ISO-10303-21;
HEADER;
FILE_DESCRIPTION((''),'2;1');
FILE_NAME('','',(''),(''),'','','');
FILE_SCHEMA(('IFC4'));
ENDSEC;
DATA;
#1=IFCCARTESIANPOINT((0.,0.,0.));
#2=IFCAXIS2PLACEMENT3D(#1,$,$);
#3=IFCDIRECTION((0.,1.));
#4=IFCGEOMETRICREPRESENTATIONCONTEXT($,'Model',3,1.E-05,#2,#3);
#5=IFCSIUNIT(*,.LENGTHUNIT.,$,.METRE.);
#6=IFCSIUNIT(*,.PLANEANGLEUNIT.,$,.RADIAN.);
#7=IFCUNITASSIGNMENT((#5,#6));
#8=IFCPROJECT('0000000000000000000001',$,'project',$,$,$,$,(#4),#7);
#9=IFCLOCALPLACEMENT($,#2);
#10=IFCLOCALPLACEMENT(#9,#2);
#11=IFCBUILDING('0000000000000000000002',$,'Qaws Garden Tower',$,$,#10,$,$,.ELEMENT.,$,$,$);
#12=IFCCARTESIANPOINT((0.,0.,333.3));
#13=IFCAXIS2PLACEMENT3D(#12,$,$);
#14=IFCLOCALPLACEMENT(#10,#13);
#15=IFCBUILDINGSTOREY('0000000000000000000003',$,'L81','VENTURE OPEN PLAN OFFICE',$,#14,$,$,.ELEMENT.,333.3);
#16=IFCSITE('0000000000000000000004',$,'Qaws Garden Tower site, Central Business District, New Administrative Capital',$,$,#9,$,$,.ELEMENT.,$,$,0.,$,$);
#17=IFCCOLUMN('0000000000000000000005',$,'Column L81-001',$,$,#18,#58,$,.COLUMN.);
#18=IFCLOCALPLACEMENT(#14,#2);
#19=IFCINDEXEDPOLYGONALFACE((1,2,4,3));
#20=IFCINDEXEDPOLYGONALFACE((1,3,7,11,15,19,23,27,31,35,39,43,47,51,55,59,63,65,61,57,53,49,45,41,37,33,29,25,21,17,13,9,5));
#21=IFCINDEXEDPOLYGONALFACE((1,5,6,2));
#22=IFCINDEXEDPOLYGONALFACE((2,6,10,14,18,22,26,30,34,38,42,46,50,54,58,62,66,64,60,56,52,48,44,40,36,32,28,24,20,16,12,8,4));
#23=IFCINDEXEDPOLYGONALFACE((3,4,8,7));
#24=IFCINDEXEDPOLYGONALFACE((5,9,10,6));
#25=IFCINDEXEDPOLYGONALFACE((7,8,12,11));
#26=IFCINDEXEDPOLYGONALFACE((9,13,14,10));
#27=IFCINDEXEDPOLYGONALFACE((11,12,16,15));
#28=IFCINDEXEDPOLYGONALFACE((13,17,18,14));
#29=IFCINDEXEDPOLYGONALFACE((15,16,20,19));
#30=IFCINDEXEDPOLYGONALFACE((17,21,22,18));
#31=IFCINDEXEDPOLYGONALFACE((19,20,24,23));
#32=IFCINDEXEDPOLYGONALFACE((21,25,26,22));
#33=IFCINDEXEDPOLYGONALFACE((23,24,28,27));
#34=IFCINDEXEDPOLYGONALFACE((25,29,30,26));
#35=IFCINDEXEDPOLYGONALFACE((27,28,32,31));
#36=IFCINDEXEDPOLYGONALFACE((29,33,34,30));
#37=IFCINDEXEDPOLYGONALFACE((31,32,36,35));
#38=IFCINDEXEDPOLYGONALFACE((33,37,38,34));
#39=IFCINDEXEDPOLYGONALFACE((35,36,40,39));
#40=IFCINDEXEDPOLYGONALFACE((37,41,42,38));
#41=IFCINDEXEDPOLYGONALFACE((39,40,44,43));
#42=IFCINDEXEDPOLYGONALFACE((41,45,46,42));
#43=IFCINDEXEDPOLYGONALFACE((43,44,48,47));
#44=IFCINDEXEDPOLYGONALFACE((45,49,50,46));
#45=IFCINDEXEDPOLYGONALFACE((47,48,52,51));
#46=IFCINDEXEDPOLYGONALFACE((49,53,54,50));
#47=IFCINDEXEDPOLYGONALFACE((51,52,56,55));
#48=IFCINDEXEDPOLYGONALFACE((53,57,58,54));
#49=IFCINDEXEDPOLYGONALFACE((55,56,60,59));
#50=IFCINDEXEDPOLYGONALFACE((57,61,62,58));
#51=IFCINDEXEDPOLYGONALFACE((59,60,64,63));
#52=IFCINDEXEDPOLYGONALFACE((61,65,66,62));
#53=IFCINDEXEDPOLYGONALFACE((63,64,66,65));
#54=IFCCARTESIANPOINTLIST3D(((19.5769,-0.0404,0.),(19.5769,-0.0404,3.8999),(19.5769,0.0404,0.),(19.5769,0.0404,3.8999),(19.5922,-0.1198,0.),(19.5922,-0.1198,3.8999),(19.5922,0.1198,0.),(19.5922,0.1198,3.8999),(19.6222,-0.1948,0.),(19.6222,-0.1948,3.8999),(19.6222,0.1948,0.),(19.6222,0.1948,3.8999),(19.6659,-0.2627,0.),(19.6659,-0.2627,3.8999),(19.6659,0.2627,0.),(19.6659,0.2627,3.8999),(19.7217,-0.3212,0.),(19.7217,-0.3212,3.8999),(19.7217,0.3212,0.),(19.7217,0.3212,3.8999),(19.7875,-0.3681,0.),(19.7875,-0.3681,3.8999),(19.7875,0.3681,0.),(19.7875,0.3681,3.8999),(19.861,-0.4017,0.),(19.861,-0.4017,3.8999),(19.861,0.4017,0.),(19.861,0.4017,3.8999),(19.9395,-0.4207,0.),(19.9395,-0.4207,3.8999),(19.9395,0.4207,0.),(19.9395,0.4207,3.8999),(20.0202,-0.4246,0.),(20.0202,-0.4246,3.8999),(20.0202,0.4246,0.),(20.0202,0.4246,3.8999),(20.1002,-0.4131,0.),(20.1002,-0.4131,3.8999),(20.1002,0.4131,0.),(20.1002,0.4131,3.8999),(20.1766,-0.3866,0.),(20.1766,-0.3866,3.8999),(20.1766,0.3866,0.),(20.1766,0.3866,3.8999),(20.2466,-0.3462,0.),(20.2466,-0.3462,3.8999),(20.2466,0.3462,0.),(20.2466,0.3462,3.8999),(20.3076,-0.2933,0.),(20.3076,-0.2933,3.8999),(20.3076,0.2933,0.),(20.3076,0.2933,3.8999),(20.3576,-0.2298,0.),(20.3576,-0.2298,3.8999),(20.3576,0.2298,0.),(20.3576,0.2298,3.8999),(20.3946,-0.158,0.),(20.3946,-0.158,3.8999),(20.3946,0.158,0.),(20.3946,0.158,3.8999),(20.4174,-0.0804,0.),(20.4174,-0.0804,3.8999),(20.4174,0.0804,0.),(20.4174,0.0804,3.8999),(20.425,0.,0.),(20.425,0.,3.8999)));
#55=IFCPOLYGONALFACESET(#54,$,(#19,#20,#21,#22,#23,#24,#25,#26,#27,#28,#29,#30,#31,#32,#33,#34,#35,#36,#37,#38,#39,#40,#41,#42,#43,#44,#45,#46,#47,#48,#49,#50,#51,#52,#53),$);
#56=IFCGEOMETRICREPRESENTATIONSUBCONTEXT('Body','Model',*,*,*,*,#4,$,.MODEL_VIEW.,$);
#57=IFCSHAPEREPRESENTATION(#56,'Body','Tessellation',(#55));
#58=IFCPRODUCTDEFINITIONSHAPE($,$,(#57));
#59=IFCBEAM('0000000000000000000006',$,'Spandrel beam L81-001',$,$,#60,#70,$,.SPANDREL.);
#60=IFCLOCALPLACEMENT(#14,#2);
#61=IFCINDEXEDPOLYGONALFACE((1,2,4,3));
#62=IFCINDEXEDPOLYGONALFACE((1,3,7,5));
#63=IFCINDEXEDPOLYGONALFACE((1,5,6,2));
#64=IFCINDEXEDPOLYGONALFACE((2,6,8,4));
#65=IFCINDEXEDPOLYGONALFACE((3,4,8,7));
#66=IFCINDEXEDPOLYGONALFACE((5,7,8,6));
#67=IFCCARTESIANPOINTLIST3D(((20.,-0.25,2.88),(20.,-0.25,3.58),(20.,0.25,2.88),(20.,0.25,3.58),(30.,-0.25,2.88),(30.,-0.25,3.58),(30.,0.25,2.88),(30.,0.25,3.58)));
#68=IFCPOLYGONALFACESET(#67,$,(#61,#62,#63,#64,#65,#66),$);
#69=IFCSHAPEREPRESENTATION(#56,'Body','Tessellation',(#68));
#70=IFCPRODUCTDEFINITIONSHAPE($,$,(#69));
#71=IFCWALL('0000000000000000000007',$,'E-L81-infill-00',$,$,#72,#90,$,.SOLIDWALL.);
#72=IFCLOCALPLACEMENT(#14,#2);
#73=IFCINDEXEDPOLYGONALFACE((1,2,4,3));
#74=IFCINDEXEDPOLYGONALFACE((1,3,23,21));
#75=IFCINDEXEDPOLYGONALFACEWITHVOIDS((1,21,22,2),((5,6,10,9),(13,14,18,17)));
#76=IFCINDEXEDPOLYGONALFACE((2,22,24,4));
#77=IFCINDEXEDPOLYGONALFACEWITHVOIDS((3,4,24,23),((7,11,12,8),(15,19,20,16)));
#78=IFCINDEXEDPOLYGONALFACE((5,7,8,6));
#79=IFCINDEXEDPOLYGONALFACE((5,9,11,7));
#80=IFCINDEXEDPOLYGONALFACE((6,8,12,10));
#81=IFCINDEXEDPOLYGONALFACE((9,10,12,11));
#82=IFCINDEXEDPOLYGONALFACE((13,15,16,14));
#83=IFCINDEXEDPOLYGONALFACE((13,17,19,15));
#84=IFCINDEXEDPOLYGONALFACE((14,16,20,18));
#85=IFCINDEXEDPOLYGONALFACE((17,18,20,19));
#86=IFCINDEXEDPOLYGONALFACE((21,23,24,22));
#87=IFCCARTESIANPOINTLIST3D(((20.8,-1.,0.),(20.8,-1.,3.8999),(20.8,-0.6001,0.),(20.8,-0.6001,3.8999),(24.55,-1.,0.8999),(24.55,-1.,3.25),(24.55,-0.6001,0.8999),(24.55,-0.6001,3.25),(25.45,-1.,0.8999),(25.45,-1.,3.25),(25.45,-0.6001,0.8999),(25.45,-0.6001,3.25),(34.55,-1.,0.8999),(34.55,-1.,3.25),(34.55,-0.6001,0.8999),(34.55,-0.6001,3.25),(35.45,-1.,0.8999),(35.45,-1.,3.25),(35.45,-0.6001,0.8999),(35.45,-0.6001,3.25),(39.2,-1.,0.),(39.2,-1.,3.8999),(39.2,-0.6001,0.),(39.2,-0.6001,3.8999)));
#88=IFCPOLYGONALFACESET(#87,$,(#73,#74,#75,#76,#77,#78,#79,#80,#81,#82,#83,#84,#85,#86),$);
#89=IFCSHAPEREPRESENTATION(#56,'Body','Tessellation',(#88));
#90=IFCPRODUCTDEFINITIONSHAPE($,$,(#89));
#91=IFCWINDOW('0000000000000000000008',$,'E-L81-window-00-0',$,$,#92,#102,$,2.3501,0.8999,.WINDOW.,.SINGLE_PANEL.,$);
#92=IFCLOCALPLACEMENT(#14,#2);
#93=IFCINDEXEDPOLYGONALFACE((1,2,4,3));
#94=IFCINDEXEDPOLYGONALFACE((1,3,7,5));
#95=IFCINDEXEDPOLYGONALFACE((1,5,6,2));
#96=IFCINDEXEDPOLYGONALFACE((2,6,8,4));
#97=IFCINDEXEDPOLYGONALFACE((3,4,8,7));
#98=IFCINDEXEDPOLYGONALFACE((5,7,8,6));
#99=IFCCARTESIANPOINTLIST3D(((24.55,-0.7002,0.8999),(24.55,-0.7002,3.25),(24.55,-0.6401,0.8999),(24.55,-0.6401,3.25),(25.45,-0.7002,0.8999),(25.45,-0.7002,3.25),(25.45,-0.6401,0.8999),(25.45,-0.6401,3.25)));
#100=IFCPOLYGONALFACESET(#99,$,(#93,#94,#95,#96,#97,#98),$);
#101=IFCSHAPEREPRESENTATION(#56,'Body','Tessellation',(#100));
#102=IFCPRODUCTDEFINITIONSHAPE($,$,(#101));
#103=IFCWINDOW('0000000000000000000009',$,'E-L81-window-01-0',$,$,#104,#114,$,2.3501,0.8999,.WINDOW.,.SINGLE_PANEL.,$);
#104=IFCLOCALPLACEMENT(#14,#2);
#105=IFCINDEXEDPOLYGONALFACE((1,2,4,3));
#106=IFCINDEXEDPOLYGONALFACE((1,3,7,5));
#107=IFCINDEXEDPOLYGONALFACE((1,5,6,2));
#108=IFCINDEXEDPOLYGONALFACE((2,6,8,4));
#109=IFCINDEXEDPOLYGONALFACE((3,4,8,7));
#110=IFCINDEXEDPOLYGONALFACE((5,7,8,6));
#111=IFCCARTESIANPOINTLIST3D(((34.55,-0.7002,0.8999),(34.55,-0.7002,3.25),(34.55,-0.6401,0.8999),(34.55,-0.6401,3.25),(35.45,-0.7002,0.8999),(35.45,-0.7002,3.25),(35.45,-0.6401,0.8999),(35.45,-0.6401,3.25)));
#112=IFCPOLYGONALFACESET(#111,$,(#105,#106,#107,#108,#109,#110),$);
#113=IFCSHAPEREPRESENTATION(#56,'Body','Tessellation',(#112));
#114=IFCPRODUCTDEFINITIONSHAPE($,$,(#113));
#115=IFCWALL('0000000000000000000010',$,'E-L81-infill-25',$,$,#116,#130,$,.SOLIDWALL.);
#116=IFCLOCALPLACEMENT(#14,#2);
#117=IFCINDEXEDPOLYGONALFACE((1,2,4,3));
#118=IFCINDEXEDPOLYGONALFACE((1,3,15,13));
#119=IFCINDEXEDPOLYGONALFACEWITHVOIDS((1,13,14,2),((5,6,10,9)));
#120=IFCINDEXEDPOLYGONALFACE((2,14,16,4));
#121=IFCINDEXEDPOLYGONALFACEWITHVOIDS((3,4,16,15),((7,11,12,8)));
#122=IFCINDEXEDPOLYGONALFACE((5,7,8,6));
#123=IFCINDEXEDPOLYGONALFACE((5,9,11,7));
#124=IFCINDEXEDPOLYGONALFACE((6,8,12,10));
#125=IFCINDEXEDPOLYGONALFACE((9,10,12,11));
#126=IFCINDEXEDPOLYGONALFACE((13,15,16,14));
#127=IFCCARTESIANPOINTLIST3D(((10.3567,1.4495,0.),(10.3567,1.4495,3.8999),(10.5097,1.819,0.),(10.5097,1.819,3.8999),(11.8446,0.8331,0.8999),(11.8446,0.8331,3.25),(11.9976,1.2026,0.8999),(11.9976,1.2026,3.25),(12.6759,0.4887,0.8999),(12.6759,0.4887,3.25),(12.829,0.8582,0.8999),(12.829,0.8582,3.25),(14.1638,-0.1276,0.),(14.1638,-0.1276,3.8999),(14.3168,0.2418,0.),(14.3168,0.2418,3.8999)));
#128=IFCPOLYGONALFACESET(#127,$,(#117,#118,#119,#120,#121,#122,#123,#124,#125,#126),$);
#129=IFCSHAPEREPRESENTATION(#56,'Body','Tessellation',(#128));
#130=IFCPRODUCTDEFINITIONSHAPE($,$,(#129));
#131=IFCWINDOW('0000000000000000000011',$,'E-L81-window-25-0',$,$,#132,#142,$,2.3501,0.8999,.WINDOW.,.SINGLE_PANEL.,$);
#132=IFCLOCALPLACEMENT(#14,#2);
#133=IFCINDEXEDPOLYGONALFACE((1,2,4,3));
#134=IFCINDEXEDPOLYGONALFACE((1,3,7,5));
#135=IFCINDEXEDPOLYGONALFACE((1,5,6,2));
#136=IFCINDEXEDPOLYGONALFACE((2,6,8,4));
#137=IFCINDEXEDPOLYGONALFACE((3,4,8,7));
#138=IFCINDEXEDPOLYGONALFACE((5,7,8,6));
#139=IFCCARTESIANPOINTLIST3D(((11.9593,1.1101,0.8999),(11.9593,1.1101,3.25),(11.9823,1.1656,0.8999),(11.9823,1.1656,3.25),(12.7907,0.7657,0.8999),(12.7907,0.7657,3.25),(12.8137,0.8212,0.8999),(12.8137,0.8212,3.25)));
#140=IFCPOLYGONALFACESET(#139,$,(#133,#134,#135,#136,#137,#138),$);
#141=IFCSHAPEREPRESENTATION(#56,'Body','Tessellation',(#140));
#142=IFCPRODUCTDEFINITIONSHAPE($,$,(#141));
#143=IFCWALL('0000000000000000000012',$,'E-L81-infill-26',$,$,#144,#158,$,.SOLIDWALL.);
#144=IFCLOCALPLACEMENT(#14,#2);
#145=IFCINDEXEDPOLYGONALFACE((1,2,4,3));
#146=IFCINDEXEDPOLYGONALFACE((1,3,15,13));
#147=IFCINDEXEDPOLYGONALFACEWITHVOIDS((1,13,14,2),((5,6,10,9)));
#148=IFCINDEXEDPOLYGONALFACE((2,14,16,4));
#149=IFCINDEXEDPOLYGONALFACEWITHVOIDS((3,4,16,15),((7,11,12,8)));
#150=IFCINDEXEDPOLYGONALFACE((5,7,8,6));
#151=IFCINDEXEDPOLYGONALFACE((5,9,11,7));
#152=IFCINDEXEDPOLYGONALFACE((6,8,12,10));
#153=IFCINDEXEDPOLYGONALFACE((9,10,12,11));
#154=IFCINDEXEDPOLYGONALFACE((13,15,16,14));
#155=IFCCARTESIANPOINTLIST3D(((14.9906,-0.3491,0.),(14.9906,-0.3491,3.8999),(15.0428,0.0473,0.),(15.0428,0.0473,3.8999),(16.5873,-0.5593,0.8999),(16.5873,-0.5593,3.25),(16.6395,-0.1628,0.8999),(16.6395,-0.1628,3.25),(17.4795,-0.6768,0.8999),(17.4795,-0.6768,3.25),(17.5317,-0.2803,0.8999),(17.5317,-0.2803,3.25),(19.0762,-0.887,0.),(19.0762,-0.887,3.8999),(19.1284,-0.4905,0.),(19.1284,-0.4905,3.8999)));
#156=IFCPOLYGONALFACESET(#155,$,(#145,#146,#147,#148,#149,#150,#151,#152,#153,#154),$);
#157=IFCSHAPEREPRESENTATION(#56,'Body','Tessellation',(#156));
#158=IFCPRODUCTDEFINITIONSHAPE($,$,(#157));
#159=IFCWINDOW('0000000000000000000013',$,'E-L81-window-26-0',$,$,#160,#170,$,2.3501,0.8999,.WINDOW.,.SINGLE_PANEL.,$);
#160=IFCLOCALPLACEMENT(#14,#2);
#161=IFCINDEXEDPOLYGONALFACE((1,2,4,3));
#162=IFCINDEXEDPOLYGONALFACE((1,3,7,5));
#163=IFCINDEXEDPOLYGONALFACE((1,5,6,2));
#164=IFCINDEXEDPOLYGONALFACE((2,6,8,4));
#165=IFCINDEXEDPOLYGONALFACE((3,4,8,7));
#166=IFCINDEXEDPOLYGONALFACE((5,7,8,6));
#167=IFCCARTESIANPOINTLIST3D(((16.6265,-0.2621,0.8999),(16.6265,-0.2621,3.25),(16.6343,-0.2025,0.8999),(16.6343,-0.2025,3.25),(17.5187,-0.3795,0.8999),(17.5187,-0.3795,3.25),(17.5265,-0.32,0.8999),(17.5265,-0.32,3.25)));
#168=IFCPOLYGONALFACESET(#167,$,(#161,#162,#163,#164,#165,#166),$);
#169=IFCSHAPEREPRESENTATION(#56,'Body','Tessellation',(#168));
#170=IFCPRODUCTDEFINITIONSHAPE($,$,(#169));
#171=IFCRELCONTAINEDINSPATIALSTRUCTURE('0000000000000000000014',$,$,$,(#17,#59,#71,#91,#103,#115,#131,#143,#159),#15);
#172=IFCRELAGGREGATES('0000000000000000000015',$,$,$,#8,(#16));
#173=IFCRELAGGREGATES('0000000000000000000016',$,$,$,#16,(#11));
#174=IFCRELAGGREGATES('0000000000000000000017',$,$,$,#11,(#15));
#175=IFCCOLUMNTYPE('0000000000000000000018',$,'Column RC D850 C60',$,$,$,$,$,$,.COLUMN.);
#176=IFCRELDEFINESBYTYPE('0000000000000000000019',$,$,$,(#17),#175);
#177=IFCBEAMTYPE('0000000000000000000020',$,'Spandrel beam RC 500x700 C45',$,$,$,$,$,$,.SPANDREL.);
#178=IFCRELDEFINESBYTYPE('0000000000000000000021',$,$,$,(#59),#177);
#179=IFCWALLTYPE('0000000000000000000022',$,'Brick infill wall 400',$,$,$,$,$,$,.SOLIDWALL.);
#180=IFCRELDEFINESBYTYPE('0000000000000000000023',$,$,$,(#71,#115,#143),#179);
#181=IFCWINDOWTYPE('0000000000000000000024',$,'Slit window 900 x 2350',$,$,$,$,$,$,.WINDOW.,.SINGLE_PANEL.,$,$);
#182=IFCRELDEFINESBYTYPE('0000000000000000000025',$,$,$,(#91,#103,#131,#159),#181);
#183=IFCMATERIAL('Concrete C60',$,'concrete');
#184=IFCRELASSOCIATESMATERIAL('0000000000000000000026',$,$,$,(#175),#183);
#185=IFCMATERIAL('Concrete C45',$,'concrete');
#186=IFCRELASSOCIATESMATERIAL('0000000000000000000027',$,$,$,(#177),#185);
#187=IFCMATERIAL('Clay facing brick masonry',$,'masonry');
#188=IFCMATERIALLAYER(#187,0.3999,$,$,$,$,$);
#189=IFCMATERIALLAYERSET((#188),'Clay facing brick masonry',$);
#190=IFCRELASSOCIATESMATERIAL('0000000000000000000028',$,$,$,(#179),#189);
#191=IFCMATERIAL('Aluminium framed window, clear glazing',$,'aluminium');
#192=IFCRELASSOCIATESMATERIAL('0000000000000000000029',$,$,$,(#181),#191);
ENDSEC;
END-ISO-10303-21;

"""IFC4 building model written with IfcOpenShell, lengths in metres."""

from ifc_helpers import new_model, si_unit, direction, frame, frame_2d, origin, origin_2d, place, context, subcontext, project, spatial, rectangle, circle, extrude, material, layer, layer_set, material_profile, profile_set, type_object, element, fill, save


model = new_model("IFC4")

# Units and contexts
model_context = context("Model", 3, precision=1e-05, world=origin(), true_north=direction((0.0, 1.0)))
body_context = subcontext(model_context, "Body", "Model", "MODEL_VIEW")
ifc_project = project(units=[si_unit("LENGTHUNIT", "METRE"), si_unit("PLANEANGLEUNIT", "RADIAN")], contexts=[model_context])

# Site, building, storey
site_placement = place(None, origin())
site = spatial("IfcSite", under=ifc_project, at=site_placement, Name="Qaws Garden Tower site, Central Business District, New Administrative Capital", CompositionType="ELEMENT", RefElevation=0.0)
building_placement = place(site_placement, origin())
building = spatial("IfcBuilding", under=site, at=building_placement, Name="Qaws Garden Tower", CompositionType="ELEMENT")
storey_placement = place(building_placement, frame((0.0, 0.0, 333.3)))
storey = spatial("IfcBuildingStorey", under=building, at=storey_placement, Name="L81", Description="VENTURE OPEN PLAN OFFICE", CompositionType="ELEMENT", Elevation=333.3)

# Column
ifc_material_1 = material(Name="Concrete C60", Category="concrete")
ifc_material_profile_1 = material_profile(ifc_material_1, circle(Radius=0.425, at=origin_2d()), Name="RC D850")
ifc_profile_set_1 = profile_set([ifc_material_profile_1], Name="Concrete C60")
column_type = type_object("IfcColumnType", Name="Column RC D850 C60", PredefinedType="COLUMN", material=ifc_profile_set_1)
column_placement = place(storey_placement, frame((20.0, 0.0, 0.0), z_axis=(0.0, 0.0, 1.0), x_axis=(1.0, 0.0, 0.0)))
element("IfcColumn", 1, at=column_placement, inside=storey, type_object=column_type, Name="Column L81-001", PredefinedType="COLUMN", context=body_context, shape_type="SweptSolid", body=[
    extrude(circle(Radius=0.425, at=origin_2d()), origin(), (0.0, 0.0, 1.0), 3.8999),
])

# Beam
ifc_material_2 = material(Name="Concrete C45", Category="concrete")
ifc_material_profile_2 = material_profile(ifc_material_2, rectangle(XDim=0.5, YDim=0.7, at=origin_2d()), Name="RC 500x700")
ifc_profile_set_2 = profile_set([ifc_material_profile_2], Name="Concrete C45")
beam_type = type_object("IfcBeamType", Name="Spandrel beam RC 500x700 C45", PredefinedType="SPANDREL", material=ifc_profile_set_2)
beam_placement = place(storey_placement, frame((20.0, 0.0, 3.23), z_axis=(1.0, 0.0, 0.0), x_axis=(0.0, 1.0, 0.0)))
element("IfcBeam", 2, at=beam_placement, inside=storey, type_object=beam_type, Name="Spandrel beam L81-001", PredefinedType="SPANDREL", context=body_context, shape_type="SweptSolid", body=[
    extrude(rectangle(XDim=0.5, YDim=0.7, at=origin_2d()), origin(), (0.0, 0.0, 1.0), 10.0),
])

# Wall, openings, windows
ifc_material_3 = material(Name="Clay facing brick masonry", Category="masonry")
ifc_layer_1 = layer(ifc_material_3, 0.3999)
ifc_layer_set_1 = layer_set([ifc_layer_1], Name="Clay facing brick masonry")
wall_type_1 = type_object("IfcWallType", Name="Brick infill wall 400", PredefinedType="SOLIDWALL", material=ifc_layer_set_1)
wall_1_placement = place(storey_placement, frame((20.8, -0.8, 0.0), z_axis=(0.0, 0.0, 1.0), x_axis=(1.0, 0.0, 0.0)))
wall_1 = element("IfcWall", 3, at=wall_1_placement, inside=storey, type_object=wall_type_1, Name="E-L81-infill-00", PredefinedType="SOLIDWALL", context=body_context, shape_type="SweptSolid", body=[
    extrude(rectangle(XDim=18.3999, YDim=0.3999, at=frame_2d((9.2, 0.0))), origin(), (0.0, 0.0, 1.0), 3.8999),
])
opening_1_placement = place(wall_1_placement, frame((3.75, 0.0, 0.8999)))
opening_1 = element("IfcOpeningElement", 4, at=opening_1_placement, cuts=wall_1, PredefinedType="OPENING", context=body_context, shape_type="SweptSolid", body=[
    extrude(rectangle(XDim=0.8999, YDim=2.3501, at=frame_2d((0.45, 1.175))), frame((0.0, 0.21, 0.0), z_axis=(0.0, -1.0, 0.0), x_axis=(1.0, 0.0, 0.0)), (0.0, 0.0, 1.0), 0.4199),
])
opening_2_placement = place(wall_1_placement, frame((13.75, 0.0, 0.8999)))
opening_2 = element("IfcOpeningElement", 5, at=opening_2_placement, cuts=wall_1, PredefinedType="OPENING", context=body_context, shape_type="SweptSolid", body=[
    extrude(rectangle(XDim=0.8999, YDim=2.3501, at=frame_2d((0.45, 1.175))), frame((0.0, 0.21, 0.0), z_axis=(0.0, -1.0, 0.0), x_axis=(1.0, 0.0, 0.0)), (0.0, 0.0, 1.0), 0.4199),
])
ifc_material_4 = material(Name="Aluminium framed window, clear glazing", Category="aluminium")
window_type = type_object("IfcWindowType", Name="Slit window 900 x 2350", PartitioningType="SINGLE_PANEL", PredefinedType="WINDOW", material=ifc_material_4)
window_1_placement = place(opening_1_placement, origin())
window_1 = element("IfcWindow", 6, at=window_1_placement, inside=storey, type_object=window_type, Name="E-L81-window-00-0", OverallHeight=2.3501, OverallWidth=0.8999, PartitioningType="SINGLE_PANEL", PredefinedType="WINDOW", context=body_context, shape_type="SweptSolid", body=[
    extrude(rectangle(XDim=0.8999, YDim=2.3501, at=frame_2d((0.45, 1.175))), frame((0.0, 0.1599, 0.0), z_axis=(0.0, -1.0, 0.0), x_axis=(1.0, 0.0, 0.0)), (0.0, 0.0, 1.0), 0.0601),
])
fill(opening_1, window_1)
window_2_placement = place(opening_2_placement, origin())
window_2 = element("IfcWindow", 7, at=window_2_placement, inside=storey, type_object=window_type, Name="E-L81-window-01-0", OverallHeight=2.3501, OverallWidth=0.8999, PartitioningType="SINGLE_PANEL", PredefinedType="WINDOW", context=body_context, shape_type="SweptSolid", body=[
    extrude(rectangle(XDim=0.8999, YDim=2.3501, at=frame_2d((0.45, 1.175))), frame((0.0, 0.1599, 0.0), z_axis=(0.0, -1.0, 0.0), x_axis=(1.0, 0.0, 0.0)), (0.0, 0.0, 1.0), 0.0601),
])
fill(opening_2, window_2)

# Walls, openings, windows
wall_2_placement = place(storey_placement, frame((10.4331, 1.6343, 0.0), z_axis=(0.0, 0.0, 1.0), x_axis=(0.923864, -0.382722, 0.0)))
wall_2 = element("IfcWall", 8, at=wall_2_placement, inside=storey, type_object=wall_type_1, Name="E-L81-infill-25", PredefinedType="SOLIDWALL", context=body_context, shape_type="SweptSolid", body=[
    extrude(rectangle(XDim=4.1208, YDim=0.3999, at=frame_2d((2.0605, 0.0))), origin(), (0.0, 0.0, 1.0), 3.8999),
])
opening_3_placement = place(wall_2_placement, frame((1.6106, 0.0, 0.8999)))
opening_3 = element("IfcOpeningElement", 9, at=opening_3_placement, cuts=wall_2, PredefinedType="OPENING", context=body_context, shape_type="SweptSolid", body=[
    extrude(rectangle(XDim=0.8999, YDim=2.3501, at=frame_2d((0.45, 1.175))), frame((0.0, 0.21, 0.0), z_axis=(0.0, -1.0, 0.0), x_axis=(1.0, 0.0, 0.0)), (0.0, 0.0, 1.0), 0.4199),
])
window_3_placement = place(opening_3_placement, origin())
window_3 = element("IfcWindow", 10, at=window_3_placement, inside=storey, type_object=window_type, Name="E-L81-window-25-0", OverallHeight=2.3501, OverallWidth=0.8999, PartitioningType="SINGLE_PANEL", PredefinedType="WINDOW", context=body_context, shape_type="SweptSolid", body=[
    extrude(rectangle(XDim=0.8999, YDim=2.3501, at=frame_2d((0.45, 1.175))), frame((0.0, 0.1599, 0.0), z_axis=(0.0, -1.0, 0.0), x_axis=(1.0, 0.0, 0.0)), (0.0, 0.0, 1.0), 0.0601),
])
fill(opening_3, window_3)
wall_3_placement = place(storey_placement, frame((15.0166, -0.1509, 0.0), z_axis=(0.0, 0.0, 1.0), x_axis=(0.991446, -0.130514, 0.0)))
wall_3 = element("IfcWall", 11, at=wall_3_placement, inside=storey, type_object=wall_type_1, Name="E-L81-infill-26", PredefinedType="SOLIDWALL", context=body_context, shape_type="SweptSolid", body=[
    extrude(rectangle(XDim=4.1208, YDim=0.3999, at=frame_2d((2.0605, 0.0))), origin(), (0.0, 0.0, 1.0), 3.8999),
])
opening_4_placement = place(wall_3_placement, frame((1.6106, 0.0, 0.8999)))
opening_4 = element("IfcOpeningElement", 12, at=opening_4_placement, cuts=wall_3, PredefinedType="OPENING", context=body_context, shape_type="SweptSolid", body=[
    extrude(rectangle(XDim=0.8999, YDim=2.3501, at=frame_2d((0.45, 1.175))), frame((0.0, 0.21, 0.0), z_axis=(0.0, -1.0, 0.0), x_axis=(1.0, 0.0, 0.0)), (0.0, 0.0, 1.0), 0.4199),
])
window_4_placement = place(opening_4_placement, origin())
window_4 = element("IfcWindow", 13, at=window_4_placement, inside=storey, type_object=window_type, Name="E-L81-window-26-0", OverallHeight=2.3501, OverallWidth=0.8999, PartitioningType="SINGLE_PANEL", PredefinedType="WINDOW", context=body_context, shape_type="SweptSolid", body=[
    extrude(rectangle(XDim=0.8999, YDim=2.3501, at=frame_2d((0.45, 1.175))), frame((0.0, 0.1599, 0.0), z_axis=(0.0, -1.0, 0.0), x_axis=(1.0, 0.0, 0.0)), (0.0, 0.0, 1.0), 0.0601),
])
fill(opening_4, window_4)

save(model, "model.ifc")
